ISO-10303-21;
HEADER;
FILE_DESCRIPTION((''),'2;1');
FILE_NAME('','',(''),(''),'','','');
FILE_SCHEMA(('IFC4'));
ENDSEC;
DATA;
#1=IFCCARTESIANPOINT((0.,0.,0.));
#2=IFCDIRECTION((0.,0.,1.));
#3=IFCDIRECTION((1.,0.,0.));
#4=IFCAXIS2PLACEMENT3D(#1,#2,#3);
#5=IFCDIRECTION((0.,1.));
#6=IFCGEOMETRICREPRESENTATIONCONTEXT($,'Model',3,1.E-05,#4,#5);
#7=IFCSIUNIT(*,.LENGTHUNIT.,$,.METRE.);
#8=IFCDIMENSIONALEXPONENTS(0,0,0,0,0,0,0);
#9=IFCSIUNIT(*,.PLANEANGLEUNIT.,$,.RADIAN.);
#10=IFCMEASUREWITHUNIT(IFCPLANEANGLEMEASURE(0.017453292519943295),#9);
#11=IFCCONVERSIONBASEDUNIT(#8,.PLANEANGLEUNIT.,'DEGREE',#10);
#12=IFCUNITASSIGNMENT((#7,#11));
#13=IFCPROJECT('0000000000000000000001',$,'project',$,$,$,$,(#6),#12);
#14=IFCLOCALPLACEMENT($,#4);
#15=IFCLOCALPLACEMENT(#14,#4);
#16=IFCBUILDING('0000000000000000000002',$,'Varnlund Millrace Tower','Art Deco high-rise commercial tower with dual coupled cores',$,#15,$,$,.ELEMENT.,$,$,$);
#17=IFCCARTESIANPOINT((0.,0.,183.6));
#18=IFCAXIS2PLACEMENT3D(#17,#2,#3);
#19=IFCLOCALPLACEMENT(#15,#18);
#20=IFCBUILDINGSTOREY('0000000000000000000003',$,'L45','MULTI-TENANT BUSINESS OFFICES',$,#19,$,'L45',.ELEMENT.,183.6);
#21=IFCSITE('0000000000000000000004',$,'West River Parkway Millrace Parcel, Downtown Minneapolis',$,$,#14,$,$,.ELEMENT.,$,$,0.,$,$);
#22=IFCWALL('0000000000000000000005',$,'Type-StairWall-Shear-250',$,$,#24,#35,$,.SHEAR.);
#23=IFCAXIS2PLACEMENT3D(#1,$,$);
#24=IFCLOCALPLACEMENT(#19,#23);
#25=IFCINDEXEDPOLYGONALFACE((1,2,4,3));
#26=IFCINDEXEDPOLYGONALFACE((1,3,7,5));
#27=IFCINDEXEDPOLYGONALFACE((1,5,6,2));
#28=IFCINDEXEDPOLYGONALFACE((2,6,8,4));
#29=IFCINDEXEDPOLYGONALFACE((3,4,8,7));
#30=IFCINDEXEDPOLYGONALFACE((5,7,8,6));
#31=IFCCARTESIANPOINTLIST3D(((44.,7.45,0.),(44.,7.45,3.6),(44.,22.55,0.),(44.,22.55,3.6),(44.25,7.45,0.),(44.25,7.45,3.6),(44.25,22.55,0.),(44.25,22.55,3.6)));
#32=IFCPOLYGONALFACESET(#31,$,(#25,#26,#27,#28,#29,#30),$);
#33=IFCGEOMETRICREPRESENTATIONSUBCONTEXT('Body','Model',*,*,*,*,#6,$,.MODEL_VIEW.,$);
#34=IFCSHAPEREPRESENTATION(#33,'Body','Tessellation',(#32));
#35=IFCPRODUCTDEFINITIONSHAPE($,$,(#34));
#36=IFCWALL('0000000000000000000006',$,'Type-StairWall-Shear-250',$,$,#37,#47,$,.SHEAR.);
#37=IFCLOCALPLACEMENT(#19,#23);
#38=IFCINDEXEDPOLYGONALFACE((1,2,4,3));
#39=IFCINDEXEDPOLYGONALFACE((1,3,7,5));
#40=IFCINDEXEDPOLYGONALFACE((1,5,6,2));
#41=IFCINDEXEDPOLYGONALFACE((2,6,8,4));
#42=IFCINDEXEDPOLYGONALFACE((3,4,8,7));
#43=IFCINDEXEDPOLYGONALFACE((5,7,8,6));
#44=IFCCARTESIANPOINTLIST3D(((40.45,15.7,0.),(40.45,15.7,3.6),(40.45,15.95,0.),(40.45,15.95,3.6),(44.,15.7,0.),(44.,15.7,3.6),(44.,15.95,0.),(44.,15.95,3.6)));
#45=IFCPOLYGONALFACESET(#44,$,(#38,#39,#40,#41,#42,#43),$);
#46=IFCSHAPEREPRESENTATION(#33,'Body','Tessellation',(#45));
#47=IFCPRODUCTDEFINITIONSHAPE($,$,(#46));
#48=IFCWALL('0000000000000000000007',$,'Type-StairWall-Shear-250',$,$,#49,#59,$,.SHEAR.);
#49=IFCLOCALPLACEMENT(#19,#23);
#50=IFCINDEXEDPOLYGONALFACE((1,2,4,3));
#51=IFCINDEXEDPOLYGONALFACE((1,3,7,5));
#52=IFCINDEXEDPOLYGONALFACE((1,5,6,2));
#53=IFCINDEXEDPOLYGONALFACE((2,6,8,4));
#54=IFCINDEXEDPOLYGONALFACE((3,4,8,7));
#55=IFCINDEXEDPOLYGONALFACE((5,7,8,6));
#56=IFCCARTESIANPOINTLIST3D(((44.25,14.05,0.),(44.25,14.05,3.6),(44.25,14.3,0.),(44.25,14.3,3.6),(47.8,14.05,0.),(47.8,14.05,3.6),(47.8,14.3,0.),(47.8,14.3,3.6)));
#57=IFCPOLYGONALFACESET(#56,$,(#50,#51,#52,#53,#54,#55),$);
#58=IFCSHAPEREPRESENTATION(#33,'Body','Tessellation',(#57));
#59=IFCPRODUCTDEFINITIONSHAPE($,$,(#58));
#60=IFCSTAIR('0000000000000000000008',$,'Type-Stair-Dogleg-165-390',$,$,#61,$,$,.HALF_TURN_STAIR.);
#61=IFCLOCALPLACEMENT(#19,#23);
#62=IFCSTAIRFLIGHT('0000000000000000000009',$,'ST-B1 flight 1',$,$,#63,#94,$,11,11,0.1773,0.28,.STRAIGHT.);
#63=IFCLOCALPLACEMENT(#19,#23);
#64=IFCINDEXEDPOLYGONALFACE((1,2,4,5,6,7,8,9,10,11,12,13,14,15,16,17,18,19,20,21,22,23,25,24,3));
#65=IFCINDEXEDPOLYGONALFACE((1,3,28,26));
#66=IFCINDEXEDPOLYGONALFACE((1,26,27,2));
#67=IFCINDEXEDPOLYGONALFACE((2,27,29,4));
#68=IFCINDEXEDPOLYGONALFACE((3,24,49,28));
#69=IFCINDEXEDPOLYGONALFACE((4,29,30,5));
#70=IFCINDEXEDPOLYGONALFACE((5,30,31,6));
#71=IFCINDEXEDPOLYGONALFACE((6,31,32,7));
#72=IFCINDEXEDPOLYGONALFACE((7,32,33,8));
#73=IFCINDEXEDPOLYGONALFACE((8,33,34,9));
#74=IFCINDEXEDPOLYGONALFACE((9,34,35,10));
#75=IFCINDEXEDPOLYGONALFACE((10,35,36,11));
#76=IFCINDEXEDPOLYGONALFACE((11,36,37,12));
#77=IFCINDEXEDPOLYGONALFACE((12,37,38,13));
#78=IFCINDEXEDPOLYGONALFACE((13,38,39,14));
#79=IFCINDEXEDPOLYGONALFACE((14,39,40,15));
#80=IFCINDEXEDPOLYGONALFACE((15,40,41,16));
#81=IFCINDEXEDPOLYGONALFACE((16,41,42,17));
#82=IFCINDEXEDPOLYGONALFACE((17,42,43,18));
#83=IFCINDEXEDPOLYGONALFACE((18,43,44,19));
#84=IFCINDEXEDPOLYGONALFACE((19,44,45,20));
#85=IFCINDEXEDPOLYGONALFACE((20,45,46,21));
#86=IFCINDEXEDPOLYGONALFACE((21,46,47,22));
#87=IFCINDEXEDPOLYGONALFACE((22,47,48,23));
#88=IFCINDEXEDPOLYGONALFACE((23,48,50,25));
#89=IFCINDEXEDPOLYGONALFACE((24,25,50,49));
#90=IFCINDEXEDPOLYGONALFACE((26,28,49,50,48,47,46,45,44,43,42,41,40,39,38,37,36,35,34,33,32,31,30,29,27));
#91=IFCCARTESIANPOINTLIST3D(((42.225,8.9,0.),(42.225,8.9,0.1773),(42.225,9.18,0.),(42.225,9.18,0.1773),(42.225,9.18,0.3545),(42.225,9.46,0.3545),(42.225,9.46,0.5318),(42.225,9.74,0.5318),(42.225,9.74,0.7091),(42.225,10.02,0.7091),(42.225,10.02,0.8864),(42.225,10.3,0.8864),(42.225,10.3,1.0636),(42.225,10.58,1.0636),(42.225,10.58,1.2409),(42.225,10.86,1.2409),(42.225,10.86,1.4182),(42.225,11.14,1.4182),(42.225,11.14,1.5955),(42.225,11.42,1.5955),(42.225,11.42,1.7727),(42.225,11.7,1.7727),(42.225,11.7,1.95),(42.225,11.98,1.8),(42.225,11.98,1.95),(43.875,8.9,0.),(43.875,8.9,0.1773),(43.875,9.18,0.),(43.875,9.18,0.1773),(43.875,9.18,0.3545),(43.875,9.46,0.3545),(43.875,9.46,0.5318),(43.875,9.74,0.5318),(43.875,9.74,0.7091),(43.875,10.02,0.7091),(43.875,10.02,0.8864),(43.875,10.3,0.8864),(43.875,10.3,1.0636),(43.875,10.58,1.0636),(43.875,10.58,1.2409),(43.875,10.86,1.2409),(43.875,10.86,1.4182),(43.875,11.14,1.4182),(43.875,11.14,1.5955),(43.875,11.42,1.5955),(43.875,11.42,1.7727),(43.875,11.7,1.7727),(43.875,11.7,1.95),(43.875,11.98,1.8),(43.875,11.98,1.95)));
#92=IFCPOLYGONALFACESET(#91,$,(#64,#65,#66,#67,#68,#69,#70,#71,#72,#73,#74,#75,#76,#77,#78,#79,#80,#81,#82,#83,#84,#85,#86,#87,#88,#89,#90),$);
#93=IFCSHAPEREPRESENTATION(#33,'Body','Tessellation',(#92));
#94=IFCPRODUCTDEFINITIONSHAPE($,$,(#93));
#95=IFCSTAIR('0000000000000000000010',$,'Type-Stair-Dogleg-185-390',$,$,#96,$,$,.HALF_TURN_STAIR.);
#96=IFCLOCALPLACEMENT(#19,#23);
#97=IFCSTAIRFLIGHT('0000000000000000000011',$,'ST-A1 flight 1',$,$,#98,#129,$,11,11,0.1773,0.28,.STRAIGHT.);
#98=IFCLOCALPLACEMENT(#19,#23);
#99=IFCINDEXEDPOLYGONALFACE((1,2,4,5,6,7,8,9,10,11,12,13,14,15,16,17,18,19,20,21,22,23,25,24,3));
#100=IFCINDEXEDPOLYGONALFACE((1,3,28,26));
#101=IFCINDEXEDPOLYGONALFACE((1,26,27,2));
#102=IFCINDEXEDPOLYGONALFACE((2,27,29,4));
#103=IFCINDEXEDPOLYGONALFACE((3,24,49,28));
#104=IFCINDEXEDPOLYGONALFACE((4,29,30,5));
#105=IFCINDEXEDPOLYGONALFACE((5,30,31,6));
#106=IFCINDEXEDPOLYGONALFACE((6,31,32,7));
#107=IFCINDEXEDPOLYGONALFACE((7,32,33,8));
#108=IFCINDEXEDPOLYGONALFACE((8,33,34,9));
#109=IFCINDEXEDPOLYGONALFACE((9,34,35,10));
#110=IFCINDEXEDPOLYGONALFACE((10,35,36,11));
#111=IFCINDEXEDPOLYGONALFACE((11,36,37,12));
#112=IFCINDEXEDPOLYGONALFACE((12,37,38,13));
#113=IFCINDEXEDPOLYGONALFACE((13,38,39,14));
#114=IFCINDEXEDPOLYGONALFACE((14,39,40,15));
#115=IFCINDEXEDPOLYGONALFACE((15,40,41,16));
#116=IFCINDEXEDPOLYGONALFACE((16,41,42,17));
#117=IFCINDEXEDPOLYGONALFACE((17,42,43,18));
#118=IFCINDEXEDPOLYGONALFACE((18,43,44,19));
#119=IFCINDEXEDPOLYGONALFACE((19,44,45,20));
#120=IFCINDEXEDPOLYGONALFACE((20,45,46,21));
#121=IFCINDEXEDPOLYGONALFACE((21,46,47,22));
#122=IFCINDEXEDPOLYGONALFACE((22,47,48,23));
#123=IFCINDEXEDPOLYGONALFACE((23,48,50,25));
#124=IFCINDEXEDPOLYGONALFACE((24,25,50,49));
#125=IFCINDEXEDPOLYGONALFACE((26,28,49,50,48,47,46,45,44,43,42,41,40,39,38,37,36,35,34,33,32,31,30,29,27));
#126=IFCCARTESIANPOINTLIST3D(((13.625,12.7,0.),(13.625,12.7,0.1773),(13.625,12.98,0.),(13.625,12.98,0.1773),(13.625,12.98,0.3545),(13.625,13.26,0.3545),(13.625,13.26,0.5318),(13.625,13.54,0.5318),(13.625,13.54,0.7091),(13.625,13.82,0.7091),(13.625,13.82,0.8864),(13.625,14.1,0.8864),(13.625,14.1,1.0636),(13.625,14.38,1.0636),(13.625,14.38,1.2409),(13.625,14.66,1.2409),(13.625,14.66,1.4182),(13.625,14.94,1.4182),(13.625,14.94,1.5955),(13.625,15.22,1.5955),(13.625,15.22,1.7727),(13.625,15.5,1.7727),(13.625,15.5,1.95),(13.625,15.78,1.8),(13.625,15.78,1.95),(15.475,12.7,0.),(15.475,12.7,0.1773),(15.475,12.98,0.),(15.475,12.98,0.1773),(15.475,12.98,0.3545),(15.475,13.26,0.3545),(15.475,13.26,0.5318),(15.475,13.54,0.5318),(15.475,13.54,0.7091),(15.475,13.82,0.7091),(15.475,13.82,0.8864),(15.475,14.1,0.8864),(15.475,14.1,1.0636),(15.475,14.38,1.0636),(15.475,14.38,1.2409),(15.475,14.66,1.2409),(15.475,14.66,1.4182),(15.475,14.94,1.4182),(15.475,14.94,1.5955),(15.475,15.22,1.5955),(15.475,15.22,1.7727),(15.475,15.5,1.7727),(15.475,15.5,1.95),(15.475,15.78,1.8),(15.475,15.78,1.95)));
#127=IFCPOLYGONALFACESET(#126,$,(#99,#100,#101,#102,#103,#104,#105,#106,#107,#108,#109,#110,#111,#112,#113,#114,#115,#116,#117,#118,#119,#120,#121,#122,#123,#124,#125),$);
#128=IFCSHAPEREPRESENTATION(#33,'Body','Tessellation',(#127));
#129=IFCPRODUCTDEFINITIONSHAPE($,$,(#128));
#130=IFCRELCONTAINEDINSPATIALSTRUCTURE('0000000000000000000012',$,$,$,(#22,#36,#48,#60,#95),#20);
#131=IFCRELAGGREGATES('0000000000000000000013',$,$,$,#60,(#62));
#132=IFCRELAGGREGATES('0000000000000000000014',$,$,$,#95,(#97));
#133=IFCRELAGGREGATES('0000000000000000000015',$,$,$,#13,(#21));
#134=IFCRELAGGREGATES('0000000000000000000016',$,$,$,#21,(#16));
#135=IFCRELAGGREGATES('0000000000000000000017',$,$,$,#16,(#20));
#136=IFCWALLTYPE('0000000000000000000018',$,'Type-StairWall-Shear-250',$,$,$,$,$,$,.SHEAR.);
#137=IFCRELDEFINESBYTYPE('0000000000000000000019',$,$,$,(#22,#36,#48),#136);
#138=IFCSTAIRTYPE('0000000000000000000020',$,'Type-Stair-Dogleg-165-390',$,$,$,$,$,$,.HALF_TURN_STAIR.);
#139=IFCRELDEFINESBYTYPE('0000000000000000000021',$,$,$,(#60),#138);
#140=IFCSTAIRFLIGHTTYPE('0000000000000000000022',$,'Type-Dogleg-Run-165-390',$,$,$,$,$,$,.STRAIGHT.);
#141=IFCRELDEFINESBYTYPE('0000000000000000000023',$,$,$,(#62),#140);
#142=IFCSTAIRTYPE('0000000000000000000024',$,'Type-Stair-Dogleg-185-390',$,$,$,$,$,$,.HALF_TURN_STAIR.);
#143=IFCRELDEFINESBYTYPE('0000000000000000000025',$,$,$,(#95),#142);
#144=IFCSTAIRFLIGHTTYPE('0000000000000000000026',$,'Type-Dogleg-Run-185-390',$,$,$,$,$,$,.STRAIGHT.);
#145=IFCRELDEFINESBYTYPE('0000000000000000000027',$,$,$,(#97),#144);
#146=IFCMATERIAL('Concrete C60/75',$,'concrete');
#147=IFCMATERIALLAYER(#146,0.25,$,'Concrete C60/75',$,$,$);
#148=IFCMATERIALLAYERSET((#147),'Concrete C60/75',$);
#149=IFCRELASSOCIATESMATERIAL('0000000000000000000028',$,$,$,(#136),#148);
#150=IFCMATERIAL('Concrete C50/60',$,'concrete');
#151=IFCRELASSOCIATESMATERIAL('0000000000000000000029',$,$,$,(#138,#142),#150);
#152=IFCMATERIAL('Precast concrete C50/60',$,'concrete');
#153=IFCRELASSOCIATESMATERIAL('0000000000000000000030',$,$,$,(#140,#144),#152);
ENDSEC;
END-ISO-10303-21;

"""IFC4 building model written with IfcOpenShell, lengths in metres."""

from ifc_helpers import new_model, entity, si_unit, converted_unit, direction, frame, origin_with_axes, place, context, subcontext, project, spatial, polyline, outline, extrude, material, layer, layer_set, type_object, element, aggregate, save


model = new_model("IFC4")

# Units and contexts
model_context = context("Model", 3, precision=1e-05, world=origin_with_axes(), true_north=direction((0.0, 1.0)))
body_context = subcontext(model_context, "Body", "Model", "MODEL_VIEW")
ifc_project = project(units=[si_unit("LENGTHUNIT", "METRE"), converted_unit("PLANEANGLEUNIT", "DEGREE", entity("IfcPlaneAngleMeasure", 0.017453292519943295), si_unit("PLANEANGLEUNIT", "RADIAN"), dimensions=[0, 0, 0, 0, 0, 0, 0])], contexts=[model_context])

# Site, building, storey
site_placement = place(None, origin_with_axes())
site = spatial("IfcSite", under=ifc_project, at=site_placement, Name="West River Parkway Millrace Parcel, Downtown Minneapolis", CompositionType="ELEMENT", RefElevation=0.0)
building_placement = place(site_placement, origin_with_axes())
building = spatial("IfcBuilding", under=site, at=building_placement, Name="Varnlund Millrace Tower", Description="Art Deco high-rise commercial tower with dual coupled cores", CompositionType="ELEMENT")
storey_placement = place(building_placement, frame((0.0, 0.0, 183.6), z_axis=(0.0, 0.0, 1.0), x_axis=(1.0, 0.0, 0.0)))
storey = spatial("IfcBuildingStorey", under=building, at=storey_placement, Name="L45", Description="MULTI-TENANT BUSINESS OFFICES", LongName="L45", CompositionType="ELEMENT", Elevation=183.6)

# Shared definitions
ifc_material_1 = material(Name="Concrete C60/75", Category="concrete")
ifc_layer_1 = layer(ifc_material_1, 0.25, Name="Concrete C60/75")
ifc_layer_set_1 = layer_set([ifc_layer_1], Name="Concrete C60/75")

# Walls
wall_type_1 = type_object("IfcWallType", Name="Type-StairWall-Shear-250", PredefinedType="SHEAR", material=ifc_layer_set_1)
wall_1_placement = place(storey_placement, frame((44.125, 7.45, 0.0), z_axis=(0.0, 0.0, 1.0), x_axis=(0.0, 1.0, 0.0)))
element("IfcWall", 1, at=wall_1_placement, inside=storey, type_object=wall_type_1, Name="Type-StairWall-Shear-250", PredefinedType="SHEAR", context=body_context, shape_type="SweptSolid", body=[
    extrude(outline(polyline([(0.0, -0.125), (15.1, -0.125), (15.1, 0.125), (0.0, 0.125), (0.0, -0.125)])), origin_with_axes(), (0.0, 0.0, 1.0), 3.6),
])
for number, where, z_axis, x_axis, name in (
    (2, (40.45, 15.825, 0.0), (0.0, 0.0, 1.0), (1.0, 0.0, 0.0), "Type-StairWall-Shear-250"),
    (3, (44.25, 14.175, 0.0), (0.0, 0.0, 1.0), (1.0, 0.0, 0.0), "Type-StairWall-Shear-250"),
):
    element("IfcWall", number, at=place(storey_placement, frame(where, z_axis=z_axis, x_axis=x_axis)), inside=storey, type_object=wall_type_1, Name=name, PredefinedType="SHEAR", context=body_context, shape_type="SweptSolid", body=[
        extrude(outline(polyline([(0.0, -0.125), (3.55, -0.125), (3.55, 0.125), (0.0, 0.125), (0.0, -0.125)])), origin_with_axes(), (0.0, 0.0, 1.0), 3.6),
    ])

# Stairs, stair flights
ifc_material_2 = material(Name="Concrete C50/60", Category="concrete")
stair_type_1 = type_object("IfcStairType", Name="Type-Stair-Dogleg-165-390", PredefinedType="HALF_TURN_STAIR", material=ifc_material_2)
stair_1_placement = place(storey_placement, origin_with_axes())
stair_1 = element("IfcStair", 4, at=stair_1_placement, inside=storey, type_object=stair_type_1, Name="Type-Stair-Dogleg-165-390", PredefinedType="HALF_TURN_STAIR")
ifc_material_3 = material(Name="Precast concrete C50/60", Category="concrete")
stair_flight_type_1 = type_object("IfcStairFlightType", Name="Type-Dogleg-Run-165-390", PredefinedType="STRAIGHT", material=ifc_material_3)
stair_flight_1_placement = place(storey_placement, frame((42.225, 8.9, 0.0), z_axis=(1.0, 0.0, 0.0), x_axis=(0.0, 1.0, 0.0)))
stair_flight_1 = element("IfcStairFlight", 5, at=stair_flight_1_placement, type_object=stair_flight_type_1, Name="ST-B1 flight 1", NumberOfRisers=11, NumberOfTreads=11, PredefinedType="STRAIGHT", RiserHeight=0.1773, TreadLength=0.28, context=body_context, shape_type="SweptSolid", body=[
    extrude(outline(polyline([(0.0, 0.0), (0.0, 0.1773), (0.28, 0.1773), (0.28, 0.3545), (0.56, 0.3545), (0.56, 0.5318), (0.84, 0.5318), (0.84, 0.7091), (1.12, 0.7091), (1.12, 0.8864), (1.4, 0.8864), (1.4, 1.0636), (1.68, 1.0636), (1.68, 1.2409), (1.96, 1.2409), (1.96, 1.4182), (2.24, 1.4182), (2.24, 1.5955), (2.52, 1.5955), (2.52, 1.7727), (2.8, 1.7727), (2.8, 1.95), (3.08, 1.95), (3.08, 1.8), (0.28, 0.0), (0.0, 0.0)])), origin_with_axes(), (0.0, 0.0, 1.0), 1.65),
])
aggregate(stair_1, [stair_flight_1])
stair_type_2 = type_object("IfcStairType", Name="Type-Stair-Dogleg-185-390", PredefinedType="HALF_TURN_STAIR", material=ifc_material_2)
stair_2_placement = place(storey_placement, origin_with_axes())
stair_2 = element("IfcStair", 6, at=stair_2_placement, inside=storey, type_object=stair_type_2, Name="Type-Stair-Dogleg-185-390", PredefinedType="HALF_TURN_STAIR")
stair_flight_type_2 = type_object("IfcStairFlightType", Name="Type-Dogleg-Run-185-390", PredefinedType="STRAIGHT", material=ifc_material_3)
stair_flight_2_placement = place(storey_placement, frame((13.625, 12.7, 0.0), z_axis=(1.0, 0.0, 0.0), x_axis=(0.0, 1.0, 0.0)))
stair_flight_2 = element("IfcStairFlight", 7, at=stair_flight_2_placement, type_object=stair_flight_type_2, Name="ST-A1 flight 1", NumberOfRisers=11, NumberOfTreads=11, PredefinedType="STRAIGHT", RiserHeight=0.1773, TreadLength=0.28, context=body_context, shape_type="SweptSolid", body=[
    extrude(outline(polyline([(0.0, 0.0), (0.0, 0.1773), (0.28, 0.1773), (0.28, 0.3545), (0.56, 0.3545), (0.56, 0.5318), (0.84, 0.5318), (0.84, 0.7091), (1.12, 0.7091), (1.12, 0.8864), (1.4, 0.8864), (1.4, 1.0636), (1.68, 1.0636), (1.68, 1.2409), (1.96, 1.2409), (1.96, 1.4182), (2.24, 1.4182), (2.24, 1.5955), (2.52, 1.5955), (2.52, 1.7727), (2.8, 1.7727), (2.8, 1.95), (3.08, 1.95), (3.08, 1.8), (0.28, 0.0), (0.0, 0.0)])), origin_with_axes(), (0.0, 0.0, 1.0), 1.85),
])
aggregate(stair_2, [stair_flight_2])

save(model, "model.ifc")
